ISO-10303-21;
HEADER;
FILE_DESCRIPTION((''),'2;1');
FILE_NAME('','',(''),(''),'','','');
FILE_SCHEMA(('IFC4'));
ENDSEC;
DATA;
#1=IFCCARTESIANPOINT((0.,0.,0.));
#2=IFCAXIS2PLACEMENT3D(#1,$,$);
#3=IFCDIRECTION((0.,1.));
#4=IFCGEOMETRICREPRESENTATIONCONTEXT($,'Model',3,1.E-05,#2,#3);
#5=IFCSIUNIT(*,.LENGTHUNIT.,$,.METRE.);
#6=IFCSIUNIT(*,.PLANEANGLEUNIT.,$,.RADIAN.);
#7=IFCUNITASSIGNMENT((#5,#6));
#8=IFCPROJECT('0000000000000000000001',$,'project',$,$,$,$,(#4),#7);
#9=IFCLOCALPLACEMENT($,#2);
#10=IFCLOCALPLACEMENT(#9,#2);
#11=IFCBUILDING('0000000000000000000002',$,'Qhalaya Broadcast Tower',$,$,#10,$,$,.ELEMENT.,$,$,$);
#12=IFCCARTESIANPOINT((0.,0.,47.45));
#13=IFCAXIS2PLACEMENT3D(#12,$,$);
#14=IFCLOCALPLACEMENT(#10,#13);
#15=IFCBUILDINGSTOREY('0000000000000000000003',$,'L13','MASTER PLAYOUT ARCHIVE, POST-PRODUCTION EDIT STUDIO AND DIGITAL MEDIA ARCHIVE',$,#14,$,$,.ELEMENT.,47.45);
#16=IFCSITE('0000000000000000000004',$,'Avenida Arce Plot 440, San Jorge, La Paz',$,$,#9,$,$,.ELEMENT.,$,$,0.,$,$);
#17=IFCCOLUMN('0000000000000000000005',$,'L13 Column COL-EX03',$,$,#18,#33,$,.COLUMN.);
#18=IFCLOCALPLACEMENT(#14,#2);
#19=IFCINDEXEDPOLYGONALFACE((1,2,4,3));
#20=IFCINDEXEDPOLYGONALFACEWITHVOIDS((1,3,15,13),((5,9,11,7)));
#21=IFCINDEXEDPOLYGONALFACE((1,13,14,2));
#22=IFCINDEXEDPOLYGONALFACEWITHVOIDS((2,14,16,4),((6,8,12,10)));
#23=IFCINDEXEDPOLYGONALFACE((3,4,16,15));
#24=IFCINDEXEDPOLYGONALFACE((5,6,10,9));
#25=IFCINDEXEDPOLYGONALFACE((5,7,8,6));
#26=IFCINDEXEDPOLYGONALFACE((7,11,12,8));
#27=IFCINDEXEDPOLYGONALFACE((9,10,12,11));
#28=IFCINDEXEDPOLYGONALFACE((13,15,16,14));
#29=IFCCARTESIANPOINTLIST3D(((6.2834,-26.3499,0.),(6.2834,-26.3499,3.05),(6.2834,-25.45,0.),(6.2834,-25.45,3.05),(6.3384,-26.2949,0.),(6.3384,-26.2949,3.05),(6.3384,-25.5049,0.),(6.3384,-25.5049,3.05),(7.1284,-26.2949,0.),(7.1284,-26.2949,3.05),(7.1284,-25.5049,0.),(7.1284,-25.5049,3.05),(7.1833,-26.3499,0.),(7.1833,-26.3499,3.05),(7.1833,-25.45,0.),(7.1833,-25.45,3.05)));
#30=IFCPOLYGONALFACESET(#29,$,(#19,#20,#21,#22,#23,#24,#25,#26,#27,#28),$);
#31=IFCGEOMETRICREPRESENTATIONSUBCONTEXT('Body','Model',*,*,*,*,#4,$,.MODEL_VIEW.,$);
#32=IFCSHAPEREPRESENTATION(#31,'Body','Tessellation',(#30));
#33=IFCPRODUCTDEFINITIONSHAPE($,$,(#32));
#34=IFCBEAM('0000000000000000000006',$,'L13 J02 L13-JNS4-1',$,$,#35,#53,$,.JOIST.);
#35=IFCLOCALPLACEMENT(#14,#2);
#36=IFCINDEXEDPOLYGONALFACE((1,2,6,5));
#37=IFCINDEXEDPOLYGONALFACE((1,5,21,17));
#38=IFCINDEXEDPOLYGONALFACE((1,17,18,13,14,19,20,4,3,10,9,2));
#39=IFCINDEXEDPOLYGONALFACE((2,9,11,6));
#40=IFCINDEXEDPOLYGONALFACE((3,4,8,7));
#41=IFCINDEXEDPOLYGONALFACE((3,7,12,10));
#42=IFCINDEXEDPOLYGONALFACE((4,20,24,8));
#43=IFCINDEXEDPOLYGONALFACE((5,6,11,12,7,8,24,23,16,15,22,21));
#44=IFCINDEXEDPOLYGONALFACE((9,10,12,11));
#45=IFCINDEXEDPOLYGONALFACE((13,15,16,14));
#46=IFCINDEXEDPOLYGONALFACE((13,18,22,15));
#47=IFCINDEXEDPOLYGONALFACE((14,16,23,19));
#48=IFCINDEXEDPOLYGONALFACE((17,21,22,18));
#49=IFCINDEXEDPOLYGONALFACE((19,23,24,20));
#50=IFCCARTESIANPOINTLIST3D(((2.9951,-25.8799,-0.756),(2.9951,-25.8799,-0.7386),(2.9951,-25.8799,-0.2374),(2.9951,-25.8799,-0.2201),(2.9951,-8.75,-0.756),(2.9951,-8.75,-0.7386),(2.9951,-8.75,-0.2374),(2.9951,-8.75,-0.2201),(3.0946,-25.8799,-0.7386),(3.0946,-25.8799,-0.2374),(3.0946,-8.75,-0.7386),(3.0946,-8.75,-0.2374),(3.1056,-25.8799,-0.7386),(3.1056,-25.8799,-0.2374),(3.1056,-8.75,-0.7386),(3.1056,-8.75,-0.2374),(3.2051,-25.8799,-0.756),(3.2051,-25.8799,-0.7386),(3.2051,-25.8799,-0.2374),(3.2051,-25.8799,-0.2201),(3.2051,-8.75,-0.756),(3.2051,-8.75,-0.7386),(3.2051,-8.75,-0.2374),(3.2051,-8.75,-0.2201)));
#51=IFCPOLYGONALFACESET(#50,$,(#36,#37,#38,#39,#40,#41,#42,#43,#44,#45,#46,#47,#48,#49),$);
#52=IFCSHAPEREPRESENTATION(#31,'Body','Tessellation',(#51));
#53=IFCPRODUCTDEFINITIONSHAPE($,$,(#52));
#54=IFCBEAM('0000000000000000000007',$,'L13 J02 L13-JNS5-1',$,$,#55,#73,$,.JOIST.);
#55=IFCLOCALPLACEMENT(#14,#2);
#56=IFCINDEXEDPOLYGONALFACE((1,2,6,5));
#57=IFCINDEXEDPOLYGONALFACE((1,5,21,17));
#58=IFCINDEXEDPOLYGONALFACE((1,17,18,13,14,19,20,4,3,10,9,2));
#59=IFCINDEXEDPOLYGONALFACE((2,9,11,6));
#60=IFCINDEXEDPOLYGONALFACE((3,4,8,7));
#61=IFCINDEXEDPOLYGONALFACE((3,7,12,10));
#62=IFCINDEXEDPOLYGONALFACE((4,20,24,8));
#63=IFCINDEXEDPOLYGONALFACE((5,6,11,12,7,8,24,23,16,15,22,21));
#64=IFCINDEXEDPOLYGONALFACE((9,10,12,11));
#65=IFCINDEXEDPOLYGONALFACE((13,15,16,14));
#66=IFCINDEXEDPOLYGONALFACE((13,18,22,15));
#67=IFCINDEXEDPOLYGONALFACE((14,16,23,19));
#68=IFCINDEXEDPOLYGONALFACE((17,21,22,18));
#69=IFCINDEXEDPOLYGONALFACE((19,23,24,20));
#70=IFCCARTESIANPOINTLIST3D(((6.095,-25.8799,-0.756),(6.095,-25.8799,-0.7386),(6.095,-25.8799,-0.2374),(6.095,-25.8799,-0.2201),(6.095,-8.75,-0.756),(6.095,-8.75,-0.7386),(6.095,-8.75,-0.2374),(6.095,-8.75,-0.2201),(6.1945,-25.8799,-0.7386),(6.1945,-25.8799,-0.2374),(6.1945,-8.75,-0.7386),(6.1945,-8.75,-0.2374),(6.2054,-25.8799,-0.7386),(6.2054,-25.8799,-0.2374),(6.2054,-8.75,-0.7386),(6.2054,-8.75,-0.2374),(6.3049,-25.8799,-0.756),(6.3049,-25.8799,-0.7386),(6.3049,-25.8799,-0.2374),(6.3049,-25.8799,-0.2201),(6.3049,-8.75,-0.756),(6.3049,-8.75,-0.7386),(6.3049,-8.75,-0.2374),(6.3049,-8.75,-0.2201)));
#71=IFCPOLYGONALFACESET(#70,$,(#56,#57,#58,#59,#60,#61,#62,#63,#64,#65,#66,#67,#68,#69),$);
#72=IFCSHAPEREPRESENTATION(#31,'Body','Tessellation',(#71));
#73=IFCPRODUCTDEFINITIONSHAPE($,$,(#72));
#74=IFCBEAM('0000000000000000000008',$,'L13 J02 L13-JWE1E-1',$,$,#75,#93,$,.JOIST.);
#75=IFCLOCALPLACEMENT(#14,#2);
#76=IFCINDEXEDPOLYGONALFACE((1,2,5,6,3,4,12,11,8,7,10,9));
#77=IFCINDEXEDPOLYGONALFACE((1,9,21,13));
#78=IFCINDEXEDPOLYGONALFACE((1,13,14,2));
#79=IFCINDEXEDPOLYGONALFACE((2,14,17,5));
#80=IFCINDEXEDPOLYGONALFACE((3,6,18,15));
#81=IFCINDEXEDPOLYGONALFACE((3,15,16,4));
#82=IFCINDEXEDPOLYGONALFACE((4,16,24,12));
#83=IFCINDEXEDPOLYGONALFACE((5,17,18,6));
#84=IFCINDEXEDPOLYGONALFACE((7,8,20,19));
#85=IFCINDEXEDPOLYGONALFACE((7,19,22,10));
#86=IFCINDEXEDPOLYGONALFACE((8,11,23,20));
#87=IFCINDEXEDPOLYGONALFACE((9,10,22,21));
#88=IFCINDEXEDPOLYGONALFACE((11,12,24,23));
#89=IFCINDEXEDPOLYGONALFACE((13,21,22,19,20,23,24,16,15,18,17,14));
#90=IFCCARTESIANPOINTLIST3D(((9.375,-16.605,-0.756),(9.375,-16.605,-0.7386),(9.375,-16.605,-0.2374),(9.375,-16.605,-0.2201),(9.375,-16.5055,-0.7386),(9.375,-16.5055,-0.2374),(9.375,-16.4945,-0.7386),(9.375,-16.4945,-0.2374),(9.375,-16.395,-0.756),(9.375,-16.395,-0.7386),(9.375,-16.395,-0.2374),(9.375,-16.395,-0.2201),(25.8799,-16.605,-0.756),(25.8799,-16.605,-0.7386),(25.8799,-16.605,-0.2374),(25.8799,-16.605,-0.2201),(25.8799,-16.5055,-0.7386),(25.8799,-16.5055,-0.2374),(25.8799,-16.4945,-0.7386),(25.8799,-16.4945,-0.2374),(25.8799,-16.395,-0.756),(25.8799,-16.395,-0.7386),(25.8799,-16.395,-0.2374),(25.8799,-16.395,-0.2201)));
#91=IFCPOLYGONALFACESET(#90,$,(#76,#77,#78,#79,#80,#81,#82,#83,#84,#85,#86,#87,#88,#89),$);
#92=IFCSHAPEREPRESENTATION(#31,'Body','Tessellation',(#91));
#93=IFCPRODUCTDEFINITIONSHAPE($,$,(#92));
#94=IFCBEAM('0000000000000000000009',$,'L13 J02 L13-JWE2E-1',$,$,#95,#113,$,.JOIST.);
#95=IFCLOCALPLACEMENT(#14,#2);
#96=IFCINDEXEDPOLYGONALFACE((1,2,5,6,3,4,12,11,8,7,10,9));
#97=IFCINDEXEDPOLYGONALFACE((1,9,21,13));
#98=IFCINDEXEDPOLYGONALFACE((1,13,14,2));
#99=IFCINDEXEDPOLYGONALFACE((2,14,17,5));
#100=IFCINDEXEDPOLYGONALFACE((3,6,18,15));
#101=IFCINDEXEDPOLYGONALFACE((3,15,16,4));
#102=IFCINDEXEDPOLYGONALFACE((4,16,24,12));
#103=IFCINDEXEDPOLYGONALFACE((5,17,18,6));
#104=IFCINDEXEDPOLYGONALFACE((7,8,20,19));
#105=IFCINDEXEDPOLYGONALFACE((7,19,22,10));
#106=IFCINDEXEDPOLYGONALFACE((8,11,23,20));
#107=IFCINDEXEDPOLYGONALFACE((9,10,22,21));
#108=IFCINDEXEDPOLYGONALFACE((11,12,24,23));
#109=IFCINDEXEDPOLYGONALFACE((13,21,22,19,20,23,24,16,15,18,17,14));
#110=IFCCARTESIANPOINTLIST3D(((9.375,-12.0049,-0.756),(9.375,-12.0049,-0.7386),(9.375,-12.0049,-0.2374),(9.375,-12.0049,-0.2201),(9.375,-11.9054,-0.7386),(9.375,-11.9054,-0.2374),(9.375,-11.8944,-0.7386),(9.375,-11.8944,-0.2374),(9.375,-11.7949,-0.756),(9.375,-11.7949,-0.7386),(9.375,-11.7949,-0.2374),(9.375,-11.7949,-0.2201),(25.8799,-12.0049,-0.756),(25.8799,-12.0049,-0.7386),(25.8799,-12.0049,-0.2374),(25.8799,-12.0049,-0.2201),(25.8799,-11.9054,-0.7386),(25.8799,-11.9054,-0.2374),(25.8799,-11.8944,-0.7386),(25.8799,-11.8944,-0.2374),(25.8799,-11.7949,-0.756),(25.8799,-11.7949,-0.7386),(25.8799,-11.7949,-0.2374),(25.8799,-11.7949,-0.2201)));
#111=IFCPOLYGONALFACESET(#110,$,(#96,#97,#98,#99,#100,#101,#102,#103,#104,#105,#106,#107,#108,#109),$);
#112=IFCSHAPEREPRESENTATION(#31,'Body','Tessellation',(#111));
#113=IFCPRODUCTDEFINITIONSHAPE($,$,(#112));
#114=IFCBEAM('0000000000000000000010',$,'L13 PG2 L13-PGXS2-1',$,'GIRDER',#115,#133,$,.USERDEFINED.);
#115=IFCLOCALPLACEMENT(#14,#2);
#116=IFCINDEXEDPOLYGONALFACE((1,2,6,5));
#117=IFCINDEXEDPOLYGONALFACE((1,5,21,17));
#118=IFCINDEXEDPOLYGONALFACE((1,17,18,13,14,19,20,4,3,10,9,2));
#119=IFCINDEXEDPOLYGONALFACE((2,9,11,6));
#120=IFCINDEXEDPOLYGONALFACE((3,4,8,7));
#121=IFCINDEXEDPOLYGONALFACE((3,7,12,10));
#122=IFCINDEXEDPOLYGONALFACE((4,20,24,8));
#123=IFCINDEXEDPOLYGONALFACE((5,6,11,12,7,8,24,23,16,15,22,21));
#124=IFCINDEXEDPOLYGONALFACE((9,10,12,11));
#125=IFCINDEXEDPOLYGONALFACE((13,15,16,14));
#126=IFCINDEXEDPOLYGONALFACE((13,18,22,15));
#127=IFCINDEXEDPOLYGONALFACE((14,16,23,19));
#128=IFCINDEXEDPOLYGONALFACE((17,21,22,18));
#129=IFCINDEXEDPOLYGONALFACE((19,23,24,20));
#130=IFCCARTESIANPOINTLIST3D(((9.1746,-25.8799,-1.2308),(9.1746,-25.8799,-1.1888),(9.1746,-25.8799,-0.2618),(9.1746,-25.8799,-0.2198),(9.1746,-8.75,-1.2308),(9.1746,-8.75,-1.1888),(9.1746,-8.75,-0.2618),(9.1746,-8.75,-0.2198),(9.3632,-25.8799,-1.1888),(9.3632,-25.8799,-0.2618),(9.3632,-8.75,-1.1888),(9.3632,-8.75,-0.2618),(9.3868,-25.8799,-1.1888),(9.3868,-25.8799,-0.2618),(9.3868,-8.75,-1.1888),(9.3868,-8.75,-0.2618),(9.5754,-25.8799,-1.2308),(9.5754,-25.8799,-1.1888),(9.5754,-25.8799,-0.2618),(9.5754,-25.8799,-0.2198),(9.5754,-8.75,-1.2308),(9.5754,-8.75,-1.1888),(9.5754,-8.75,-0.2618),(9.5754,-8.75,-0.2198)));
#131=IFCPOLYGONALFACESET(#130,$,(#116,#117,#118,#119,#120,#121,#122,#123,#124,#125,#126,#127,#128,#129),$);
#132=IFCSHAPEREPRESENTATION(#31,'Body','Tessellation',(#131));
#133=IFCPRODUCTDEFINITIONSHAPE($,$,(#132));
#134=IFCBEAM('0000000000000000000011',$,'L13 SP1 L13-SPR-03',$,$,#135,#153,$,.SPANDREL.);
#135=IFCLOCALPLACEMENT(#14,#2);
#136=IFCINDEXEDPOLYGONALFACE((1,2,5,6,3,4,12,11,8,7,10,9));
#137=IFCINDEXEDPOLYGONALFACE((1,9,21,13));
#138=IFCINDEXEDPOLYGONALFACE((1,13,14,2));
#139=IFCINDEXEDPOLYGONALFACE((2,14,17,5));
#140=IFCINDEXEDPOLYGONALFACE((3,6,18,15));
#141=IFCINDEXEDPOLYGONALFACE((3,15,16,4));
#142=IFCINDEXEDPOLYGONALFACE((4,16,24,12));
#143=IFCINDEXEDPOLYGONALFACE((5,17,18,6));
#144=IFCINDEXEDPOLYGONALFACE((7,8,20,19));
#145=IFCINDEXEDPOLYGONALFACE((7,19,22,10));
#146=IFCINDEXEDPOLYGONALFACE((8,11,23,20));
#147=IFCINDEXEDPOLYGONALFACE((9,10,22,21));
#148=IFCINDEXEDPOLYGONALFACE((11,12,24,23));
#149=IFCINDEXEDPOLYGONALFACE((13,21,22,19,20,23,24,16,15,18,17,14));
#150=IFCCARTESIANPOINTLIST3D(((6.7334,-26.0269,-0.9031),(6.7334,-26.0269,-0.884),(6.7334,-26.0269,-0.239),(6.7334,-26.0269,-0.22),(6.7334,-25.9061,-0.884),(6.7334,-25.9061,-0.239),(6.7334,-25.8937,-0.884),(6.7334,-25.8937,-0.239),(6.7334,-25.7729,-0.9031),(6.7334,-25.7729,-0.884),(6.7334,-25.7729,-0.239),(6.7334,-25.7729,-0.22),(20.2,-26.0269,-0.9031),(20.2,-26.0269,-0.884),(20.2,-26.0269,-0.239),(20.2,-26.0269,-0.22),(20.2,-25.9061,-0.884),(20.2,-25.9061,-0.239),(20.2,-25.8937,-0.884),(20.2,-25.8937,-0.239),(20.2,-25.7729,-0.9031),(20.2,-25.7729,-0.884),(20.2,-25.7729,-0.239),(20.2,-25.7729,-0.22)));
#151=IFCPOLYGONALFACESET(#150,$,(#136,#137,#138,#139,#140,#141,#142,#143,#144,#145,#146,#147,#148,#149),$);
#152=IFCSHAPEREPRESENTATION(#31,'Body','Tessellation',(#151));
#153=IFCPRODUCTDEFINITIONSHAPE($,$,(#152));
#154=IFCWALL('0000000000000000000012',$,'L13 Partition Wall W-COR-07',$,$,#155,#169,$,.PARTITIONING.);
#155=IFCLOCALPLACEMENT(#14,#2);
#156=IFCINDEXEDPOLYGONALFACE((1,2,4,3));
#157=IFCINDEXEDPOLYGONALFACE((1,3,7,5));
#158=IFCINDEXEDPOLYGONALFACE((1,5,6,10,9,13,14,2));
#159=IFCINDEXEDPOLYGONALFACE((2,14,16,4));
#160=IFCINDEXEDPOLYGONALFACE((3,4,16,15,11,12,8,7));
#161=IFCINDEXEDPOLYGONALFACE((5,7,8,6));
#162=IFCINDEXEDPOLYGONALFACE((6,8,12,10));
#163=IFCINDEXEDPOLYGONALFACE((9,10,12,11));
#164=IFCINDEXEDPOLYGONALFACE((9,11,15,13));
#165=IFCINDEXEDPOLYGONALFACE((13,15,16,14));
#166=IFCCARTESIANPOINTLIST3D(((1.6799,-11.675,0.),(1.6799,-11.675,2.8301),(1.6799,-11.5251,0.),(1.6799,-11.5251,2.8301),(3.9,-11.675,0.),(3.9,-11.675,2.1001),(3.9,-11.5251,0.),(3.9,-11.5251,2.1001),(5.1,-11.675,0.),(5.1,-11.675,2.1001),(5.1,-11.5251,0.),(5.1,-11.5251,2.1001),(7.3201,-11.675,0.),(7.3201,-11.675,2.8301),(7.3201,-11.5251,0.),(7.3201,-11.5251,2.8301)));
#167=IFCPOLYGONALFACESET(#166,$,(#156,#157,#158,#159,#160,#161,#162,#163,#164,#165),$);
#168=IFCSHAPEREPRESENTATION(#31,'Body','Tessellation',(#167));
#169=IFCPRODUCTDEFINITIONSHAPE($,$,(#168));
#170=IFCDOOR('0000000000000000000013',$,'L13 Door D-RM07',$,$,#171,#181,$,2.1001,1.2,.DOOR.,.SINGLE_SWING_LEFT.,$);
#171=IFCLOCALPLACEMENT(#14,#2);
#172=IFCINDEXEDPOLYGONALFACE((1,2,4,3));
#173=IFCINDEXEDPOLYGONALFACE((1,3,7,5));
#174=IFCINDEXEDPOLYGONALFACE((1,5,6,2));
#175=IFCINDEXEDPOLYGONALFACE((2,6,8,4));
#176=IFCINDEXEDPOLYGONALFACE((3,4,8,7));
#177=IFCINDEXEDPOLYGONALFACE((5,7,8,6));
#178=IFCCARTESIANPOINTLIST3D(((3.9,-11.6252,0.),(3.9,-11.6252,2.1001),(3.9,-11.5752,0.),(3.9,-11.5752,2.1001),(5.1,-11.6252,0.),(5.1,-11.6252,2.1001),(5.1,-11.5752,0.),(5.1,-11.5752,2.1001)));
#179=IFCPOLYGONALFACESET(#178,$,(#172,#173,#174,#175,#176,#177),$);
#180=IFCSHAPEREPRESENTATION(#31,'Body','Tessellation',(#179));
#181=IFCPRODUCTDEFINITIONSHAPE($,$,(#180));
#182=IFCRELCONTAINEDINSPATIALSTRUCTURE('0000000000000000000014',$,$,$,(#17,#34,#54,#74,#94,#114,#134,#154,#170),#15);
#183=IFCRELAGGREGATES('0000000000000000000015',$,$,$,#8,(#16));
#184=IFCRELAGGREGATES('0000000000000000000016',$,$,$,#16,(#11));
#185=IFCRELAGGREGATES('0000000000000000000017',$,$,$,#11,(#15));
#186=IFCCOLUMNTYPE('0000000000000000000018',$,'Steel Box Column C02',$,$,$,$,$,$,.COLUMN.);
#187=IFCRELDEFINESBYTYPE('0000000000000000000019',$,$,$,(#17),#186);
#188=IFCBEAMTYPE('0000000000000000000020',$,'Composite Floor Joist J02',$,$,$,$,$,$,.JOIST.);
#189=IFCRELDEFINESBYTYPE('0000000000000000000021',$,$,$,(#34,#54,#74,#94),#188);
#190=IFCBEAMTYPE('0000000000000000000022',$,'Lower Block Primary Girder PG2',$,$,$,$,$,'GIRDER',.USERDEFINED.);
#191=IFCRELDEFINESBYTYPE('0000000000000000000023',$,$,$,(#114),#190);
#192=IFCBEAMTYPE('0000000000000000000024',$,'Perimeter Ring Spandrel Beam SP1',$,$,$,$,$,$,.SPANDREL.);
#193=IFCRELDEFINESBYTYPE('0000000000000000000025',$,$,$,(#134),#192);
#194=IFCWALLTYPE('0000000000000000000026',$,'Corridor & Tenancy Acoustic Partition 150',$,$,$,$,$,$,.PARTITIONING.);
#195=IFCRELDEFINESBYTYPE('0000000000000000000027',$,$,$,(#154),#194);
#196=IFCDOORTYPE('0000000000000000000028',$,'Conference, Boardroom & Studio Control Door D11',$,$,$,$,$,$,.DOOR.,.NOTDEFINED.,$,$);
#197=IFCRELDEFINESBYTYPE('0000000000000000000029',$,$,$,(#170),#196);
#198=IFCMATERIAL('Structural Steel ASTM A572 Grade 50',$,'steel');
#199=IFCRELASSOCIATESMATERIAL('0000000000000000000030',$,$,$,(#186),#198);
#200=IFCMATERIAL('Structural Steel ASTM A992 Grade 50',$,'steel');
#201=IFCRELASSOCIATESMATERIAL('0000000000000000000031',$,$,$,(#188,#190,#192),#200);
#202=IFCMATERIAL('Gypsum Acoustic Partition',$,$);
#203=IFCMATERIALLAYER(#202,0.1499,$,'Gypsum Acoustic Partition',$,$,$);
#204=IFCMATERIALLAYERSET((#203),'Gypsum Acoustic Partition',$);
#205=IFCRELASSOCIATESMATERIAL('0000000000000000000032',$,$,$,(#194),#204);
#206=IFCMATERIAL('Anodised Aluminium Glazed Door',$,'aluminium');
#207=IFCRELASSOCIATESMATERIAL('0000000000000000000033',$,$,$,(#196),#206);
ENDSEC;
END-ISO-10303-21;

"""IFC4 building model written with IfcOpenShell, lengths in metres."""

from ifc_helpers import new_model, si_unit, direction, frame, frame_2d, origin, origin_2d, place, context, subcontext, project, spatial, rectangle, hollow_rectangle, i_section, extrude, material, layer, layer_set, material_profile, profile_set, type_object, element, fill, save


model = new_model("IFC4")

# Units and contexts
model_context = context("Model", 3, precision=1e-05, world=origin(), true_north=direction((0.0, 1.0)))
body_context = subcontext(model_context, "Body", "Model", "MODEL_VIEW")
ifc_project = project(units=[si_unit("LENGTHUNIT", "METRE"), si_unit("PLANEANGLEUNIT", "RADIAN")], contexts=[model_context])

# Site, building, storey
site_placement = place(None, origin())
site = spatial("IfcSite", under=ifc_project, at=site_placement, Name="Avenida Arce Plot 440, San Jorge, La Paz", CompositionType="ELEMENT", RefElevation=0.0)
building_placement = place(site_placement, origin())
building = spatial("IfcBuilding", under=site, at=building_placement, Name="Qhalaya Broadcast Tower", CompositionType="ELEMENT")
storey_placement = place(building_placement, frame((0.0, 0.0, 47.45)))
storey = spatial("IfcBuildingStorey", under=building, at=storey_placement, Name="L13", Description="MASTER PLAYOUT ARCHIVE, POST-PRODUCTION EDIT STUDIO AND DIGITAL MEDIA ARCHIVE", CompositionType="ELEMENT", Elevation=47.45)

# Column
ifc_material_1 = material(Name="Structural Steel ASTM A572 Grade 50", Category="steel")
ifc_material_profile_1 = material_profile(ifc_material_1, hollow_rectangle(XDim=0.8999, YDim=0.8999, WallThickness=0.0549, at=origin_2d()), Name="BOX 900x900x55")
ifc_profile_set_1 = profile_set([ifc_material_profile_1], Name="Structural Steel ASTM A572 Grade 50")
column_type = type_object("IfcColumnType", Name="Steel Box Column C02", PredefinedType="COLUMN", material=ifc_profile_set_1)
column_placement = place(storey_placement, frame((6.7334, -25.8999, 0.0), z_axis=(0.0, 0.0, 1.0), x_axis=(1.0, 0.0, 0.0)))
element("IfcColumn", 1, at=column_placement, inside=storey, type_object=column_type, Name="L13 Column COL-EX03", PredefinedType="COLUMN", context=body_context, shape_type="SweptSolid", body=[
    extrude(hollow_rectangle(XDim=0.8999, YDim=0.8999, WallThickness=0.0549, at=origin_2d()), origin(), (0.0, 0.0, 1.0), 3.05),
])

# Beams
ifc_material_2 = material(Name="Structural Steel ASTM A992 Grade 50", Category="steel")
ifc_material_profile_2 = material_profile(ifc_material_2, i_section(OverallWidth=0.21, OverallDepth=0.5359, WebThickness=0.011, FlangeThickness=0.0173, at=origin_2d()), Name="W21X68")
ifc_profile_set_2 = profile_set([ifc_material_profile_2], Name="Structural Steel ASTM A992 Grade 50")
beam_type_1 = type_object("IfcBeamType", Name="Composite Floor Joist J02", PredefinedType="JOIST", material=ifc_profile_set_2)
for number, where, z_axis, x_axis, name in (
    (2, (3.1001, -25.8799, -0.488), (0.0, 1.0, 0.0), (-1.0, 0.0, 0.0), "L13 J02 L13-JNS4-1"),
    (3, (6.2, -25.8799, -0.488), (0.0, 1.0, 0.0), (-1.0, 0.0, 0.0), "L13 J02 L13-JNS5-1"),
):
    element("IfcBeam", number, at=place(storey_placement, frame(where, z_axis=z_axis, x_axis=x_axis)), inside=storey, type_object=beam_type_1, Name=name, PredefinedType="JOIST", context=body_context, shape_type="SweptSolid", body=[
        extrude(i_section(OverallWidth=0.21, OverallDepth=0.5359, WebThickness=0.011, FlangeThickness=0.0173, at=origin_2d()), origin(), (0.0, 0.0, 1.0), 17.1299),
    ])
for number, where, z_axis, x_axis, name in (
    (4, (9.375, -16.5, -0.488), (1.0, 0.0, 0.0), (0.0, 1.0, 0.0), "L13 J02 L13-JWE1E-1"),
    (5, (9.375, -11.8999, -0.488), (1.0, 0.0, 0.0), (0.0, 1.0, 0.0), "L13 J02 L13-JWE2E-1"),
):
    element("IfcBeam", number, at=place(storey_placement, frame(where, z_axis=z_axis, x_axis=x_axis)), inside=storey, type_object=beam_type_1, Name=name, PredefinedType="JOIST", context=body_context, shape_type="SweptSolid", body=[
        extrude(i_section(OverallWidth=0.21, OverallDepth=0.5359, WebThickness=0.011, FlangeThickness=0.0173, at=origin_2d()), origin(), (0.0, 0.0, 1.0), 16.5049),
    ])
ifc_material_profile_3 = material_profile(ifc_material_2, i_section(OverallWidth=0.4009, OverallDepth=1.011, WebThickness=0.0237, FlangeThickness=0.042, at=origin_2d()), Name="W40X297")
ifc_profile_set_3 = profile_set([ifc_material_profile_3], Name="Structural Steel ASTM A992 Grade 50")
beam_type_2 = type_object("IfcBeamType", Name="Lower Block Primary Girder PG2", ElementType="GIRDER", PredefinedType="USERDEFINED", material=ifc_profile_set_3)
beam_1_placement = place(storey_placement, frame((9.375, -25.8799, -0.7253), z_axis=(0.0, 1.0, 0.0), x_axis=(-1.0, 0.0, 0.0)))
element("IfcBeam", 6, at=beam_1_placement, inside=storey, type_object=beam_type_2, Name="L13 PG2 L13-PGXS2-1", ObjectType="GIRDER", PredefinedType="USERDEFINED", context=body_context, shape_type="SweptSolid", body=[
    extrude(i_section(OverallWidth=0.4009, OverallDepth=1.011, WebThickness=0.0237, FlangeThickness=0.042, at=origin_2d()), origin(), (0.0, 0.0, 1.0), 17.1299),
])
ifc_material_profile_4 = material_profile(ifc_material_2, i_section(OverallWidth=0.2539, OverallDepth=0.6831, WebThickness=0.0125, FlangeThickness=0.019, at=origin_2d()), Name="W27X94")
ifc_profile_set_4 = profile_set([ifc_material_profile_4], Name="Structural Steel ASTM A992 Grade 50")
beam_type_3 = type_object("IfcBeamType", Name="Perimeter Ring Spandrel Beam SP1", PredefinedType="SPANDREL", material=ifc_profile_set_4)
beam_2_placement = place(storey_placement, frame((6.7334, -25.8999, -0.5615), z_axis=(1.0, 0.0, 0.0), x_axis=(0.0, 1.0, 0.0)))
element("IfcBeam", 7, at=beam_2_placement, inside=storey, type_object=beam_type_3, Name="L13 SP1 L13-SPR-03", PredefinedType="SPANDREL", context=body_context, shape_type="SweptSolid", body=[
    extrude(i_section(OverallWidth=0.2539, OverallDepth=0.6831, WebThickness=0.0125, FlangeThickness=0.019, at=origin_2d()), origin(), (0.0, 0.0, 1.0), 13.4666),
])

# Wall, opening, door
ifc_material_3 = material(Name="Gypsum Acoustic Partition")
ifc_layer_1 = layer(ifc_material_3, 0.1499, Name="Gypsum Acoustic Partition")
ifc_layer_set_1 = layer_set([ifc_layer_1], Name="Gypsum Acoustic Partition")
wall_type_1 = type_object("IfcWallType", Name="Corridor & Tenancy Acoustic Partition 150", PredefinedType="PARTITIONING", material=ifc_layer_set_1)
wall_1_placement = place(storey_placement, frame((1.6799, -11.6001, 0.0), z_axis=(0.0, 0.0, 1.0), x_axis=(1.0, 0.0, 0.0)))
wall_1 = element("IfcWall", 8, at=wall_1_placement, inside=storey, type_object=wall_type_1, Name="L13 Partition Wall W-COR-07", PredefinedType="PARTITIONING", context=body_context, shape_type="SweptSolid", body=[
    extrude(rectangle(XDim=5.6401, YDim=0.1499, at=frame_2d((2.8201, 0.0))), origin(), (0.0, 0.0, 1.0), 2.8301),
])
opening_1_placement = place(wall_1_placement, frame((2.22, 0.0, 0.0)))
opening_1 = element("IfcOpeningElement", 9, at=opening_1_placement, cuts=wall_1, PredefinedType="OPENING", context=body_context, shape_type="SweptSolid", body=[
    extrude(rectangle(XDim=1.2, YDim=2.1001, at=frame_2d((0.6001, 1.05))), frame((0.0, 0.0869, 0.0), z_axis=(0.0, -1.0, 0.0), x_axis=(1.0, 0.0, 0.0)), (0.0, 0.0, 1.0), 0.1738),
])
ifc_material_4 = material(Name="Anodised Aluminium Glazed Door", Category="aluminium")
door_type = type_object("IfcDoorType", Name="Conference, Boardroom & Studio Control Door D11", OperationType="NOTDEFINED", PredefinedType="DOOR", material=ifc_material_4)
door_placement = place(opening_1_placement, origin())
door = element("IfcDoor", 10, at=door_placement, inside=storey, type_object=door_type, Name="L13 Door D-RM07", OperationType="SINGLE_SWING_LEFT", OverallHeight=2.1001, OverallWidth=1.2, PredefinedType="DOOR", context=body_context, shape_type="SweptSolid", body=[
    extrude(rectangle(XDim=1.2, YDim=2.1001, at=frame_2d((0.6001, 1.05))), frame((0.0, 0.0249, 0.0), z_axis=(0.0, -1.0, 0.0), x_axis=(1.0, 0.0, 0.0)), (0.0, 0.0, 1.0), 0.05),
])
fill(opening_1, door)

save(model, "model.ifc")
